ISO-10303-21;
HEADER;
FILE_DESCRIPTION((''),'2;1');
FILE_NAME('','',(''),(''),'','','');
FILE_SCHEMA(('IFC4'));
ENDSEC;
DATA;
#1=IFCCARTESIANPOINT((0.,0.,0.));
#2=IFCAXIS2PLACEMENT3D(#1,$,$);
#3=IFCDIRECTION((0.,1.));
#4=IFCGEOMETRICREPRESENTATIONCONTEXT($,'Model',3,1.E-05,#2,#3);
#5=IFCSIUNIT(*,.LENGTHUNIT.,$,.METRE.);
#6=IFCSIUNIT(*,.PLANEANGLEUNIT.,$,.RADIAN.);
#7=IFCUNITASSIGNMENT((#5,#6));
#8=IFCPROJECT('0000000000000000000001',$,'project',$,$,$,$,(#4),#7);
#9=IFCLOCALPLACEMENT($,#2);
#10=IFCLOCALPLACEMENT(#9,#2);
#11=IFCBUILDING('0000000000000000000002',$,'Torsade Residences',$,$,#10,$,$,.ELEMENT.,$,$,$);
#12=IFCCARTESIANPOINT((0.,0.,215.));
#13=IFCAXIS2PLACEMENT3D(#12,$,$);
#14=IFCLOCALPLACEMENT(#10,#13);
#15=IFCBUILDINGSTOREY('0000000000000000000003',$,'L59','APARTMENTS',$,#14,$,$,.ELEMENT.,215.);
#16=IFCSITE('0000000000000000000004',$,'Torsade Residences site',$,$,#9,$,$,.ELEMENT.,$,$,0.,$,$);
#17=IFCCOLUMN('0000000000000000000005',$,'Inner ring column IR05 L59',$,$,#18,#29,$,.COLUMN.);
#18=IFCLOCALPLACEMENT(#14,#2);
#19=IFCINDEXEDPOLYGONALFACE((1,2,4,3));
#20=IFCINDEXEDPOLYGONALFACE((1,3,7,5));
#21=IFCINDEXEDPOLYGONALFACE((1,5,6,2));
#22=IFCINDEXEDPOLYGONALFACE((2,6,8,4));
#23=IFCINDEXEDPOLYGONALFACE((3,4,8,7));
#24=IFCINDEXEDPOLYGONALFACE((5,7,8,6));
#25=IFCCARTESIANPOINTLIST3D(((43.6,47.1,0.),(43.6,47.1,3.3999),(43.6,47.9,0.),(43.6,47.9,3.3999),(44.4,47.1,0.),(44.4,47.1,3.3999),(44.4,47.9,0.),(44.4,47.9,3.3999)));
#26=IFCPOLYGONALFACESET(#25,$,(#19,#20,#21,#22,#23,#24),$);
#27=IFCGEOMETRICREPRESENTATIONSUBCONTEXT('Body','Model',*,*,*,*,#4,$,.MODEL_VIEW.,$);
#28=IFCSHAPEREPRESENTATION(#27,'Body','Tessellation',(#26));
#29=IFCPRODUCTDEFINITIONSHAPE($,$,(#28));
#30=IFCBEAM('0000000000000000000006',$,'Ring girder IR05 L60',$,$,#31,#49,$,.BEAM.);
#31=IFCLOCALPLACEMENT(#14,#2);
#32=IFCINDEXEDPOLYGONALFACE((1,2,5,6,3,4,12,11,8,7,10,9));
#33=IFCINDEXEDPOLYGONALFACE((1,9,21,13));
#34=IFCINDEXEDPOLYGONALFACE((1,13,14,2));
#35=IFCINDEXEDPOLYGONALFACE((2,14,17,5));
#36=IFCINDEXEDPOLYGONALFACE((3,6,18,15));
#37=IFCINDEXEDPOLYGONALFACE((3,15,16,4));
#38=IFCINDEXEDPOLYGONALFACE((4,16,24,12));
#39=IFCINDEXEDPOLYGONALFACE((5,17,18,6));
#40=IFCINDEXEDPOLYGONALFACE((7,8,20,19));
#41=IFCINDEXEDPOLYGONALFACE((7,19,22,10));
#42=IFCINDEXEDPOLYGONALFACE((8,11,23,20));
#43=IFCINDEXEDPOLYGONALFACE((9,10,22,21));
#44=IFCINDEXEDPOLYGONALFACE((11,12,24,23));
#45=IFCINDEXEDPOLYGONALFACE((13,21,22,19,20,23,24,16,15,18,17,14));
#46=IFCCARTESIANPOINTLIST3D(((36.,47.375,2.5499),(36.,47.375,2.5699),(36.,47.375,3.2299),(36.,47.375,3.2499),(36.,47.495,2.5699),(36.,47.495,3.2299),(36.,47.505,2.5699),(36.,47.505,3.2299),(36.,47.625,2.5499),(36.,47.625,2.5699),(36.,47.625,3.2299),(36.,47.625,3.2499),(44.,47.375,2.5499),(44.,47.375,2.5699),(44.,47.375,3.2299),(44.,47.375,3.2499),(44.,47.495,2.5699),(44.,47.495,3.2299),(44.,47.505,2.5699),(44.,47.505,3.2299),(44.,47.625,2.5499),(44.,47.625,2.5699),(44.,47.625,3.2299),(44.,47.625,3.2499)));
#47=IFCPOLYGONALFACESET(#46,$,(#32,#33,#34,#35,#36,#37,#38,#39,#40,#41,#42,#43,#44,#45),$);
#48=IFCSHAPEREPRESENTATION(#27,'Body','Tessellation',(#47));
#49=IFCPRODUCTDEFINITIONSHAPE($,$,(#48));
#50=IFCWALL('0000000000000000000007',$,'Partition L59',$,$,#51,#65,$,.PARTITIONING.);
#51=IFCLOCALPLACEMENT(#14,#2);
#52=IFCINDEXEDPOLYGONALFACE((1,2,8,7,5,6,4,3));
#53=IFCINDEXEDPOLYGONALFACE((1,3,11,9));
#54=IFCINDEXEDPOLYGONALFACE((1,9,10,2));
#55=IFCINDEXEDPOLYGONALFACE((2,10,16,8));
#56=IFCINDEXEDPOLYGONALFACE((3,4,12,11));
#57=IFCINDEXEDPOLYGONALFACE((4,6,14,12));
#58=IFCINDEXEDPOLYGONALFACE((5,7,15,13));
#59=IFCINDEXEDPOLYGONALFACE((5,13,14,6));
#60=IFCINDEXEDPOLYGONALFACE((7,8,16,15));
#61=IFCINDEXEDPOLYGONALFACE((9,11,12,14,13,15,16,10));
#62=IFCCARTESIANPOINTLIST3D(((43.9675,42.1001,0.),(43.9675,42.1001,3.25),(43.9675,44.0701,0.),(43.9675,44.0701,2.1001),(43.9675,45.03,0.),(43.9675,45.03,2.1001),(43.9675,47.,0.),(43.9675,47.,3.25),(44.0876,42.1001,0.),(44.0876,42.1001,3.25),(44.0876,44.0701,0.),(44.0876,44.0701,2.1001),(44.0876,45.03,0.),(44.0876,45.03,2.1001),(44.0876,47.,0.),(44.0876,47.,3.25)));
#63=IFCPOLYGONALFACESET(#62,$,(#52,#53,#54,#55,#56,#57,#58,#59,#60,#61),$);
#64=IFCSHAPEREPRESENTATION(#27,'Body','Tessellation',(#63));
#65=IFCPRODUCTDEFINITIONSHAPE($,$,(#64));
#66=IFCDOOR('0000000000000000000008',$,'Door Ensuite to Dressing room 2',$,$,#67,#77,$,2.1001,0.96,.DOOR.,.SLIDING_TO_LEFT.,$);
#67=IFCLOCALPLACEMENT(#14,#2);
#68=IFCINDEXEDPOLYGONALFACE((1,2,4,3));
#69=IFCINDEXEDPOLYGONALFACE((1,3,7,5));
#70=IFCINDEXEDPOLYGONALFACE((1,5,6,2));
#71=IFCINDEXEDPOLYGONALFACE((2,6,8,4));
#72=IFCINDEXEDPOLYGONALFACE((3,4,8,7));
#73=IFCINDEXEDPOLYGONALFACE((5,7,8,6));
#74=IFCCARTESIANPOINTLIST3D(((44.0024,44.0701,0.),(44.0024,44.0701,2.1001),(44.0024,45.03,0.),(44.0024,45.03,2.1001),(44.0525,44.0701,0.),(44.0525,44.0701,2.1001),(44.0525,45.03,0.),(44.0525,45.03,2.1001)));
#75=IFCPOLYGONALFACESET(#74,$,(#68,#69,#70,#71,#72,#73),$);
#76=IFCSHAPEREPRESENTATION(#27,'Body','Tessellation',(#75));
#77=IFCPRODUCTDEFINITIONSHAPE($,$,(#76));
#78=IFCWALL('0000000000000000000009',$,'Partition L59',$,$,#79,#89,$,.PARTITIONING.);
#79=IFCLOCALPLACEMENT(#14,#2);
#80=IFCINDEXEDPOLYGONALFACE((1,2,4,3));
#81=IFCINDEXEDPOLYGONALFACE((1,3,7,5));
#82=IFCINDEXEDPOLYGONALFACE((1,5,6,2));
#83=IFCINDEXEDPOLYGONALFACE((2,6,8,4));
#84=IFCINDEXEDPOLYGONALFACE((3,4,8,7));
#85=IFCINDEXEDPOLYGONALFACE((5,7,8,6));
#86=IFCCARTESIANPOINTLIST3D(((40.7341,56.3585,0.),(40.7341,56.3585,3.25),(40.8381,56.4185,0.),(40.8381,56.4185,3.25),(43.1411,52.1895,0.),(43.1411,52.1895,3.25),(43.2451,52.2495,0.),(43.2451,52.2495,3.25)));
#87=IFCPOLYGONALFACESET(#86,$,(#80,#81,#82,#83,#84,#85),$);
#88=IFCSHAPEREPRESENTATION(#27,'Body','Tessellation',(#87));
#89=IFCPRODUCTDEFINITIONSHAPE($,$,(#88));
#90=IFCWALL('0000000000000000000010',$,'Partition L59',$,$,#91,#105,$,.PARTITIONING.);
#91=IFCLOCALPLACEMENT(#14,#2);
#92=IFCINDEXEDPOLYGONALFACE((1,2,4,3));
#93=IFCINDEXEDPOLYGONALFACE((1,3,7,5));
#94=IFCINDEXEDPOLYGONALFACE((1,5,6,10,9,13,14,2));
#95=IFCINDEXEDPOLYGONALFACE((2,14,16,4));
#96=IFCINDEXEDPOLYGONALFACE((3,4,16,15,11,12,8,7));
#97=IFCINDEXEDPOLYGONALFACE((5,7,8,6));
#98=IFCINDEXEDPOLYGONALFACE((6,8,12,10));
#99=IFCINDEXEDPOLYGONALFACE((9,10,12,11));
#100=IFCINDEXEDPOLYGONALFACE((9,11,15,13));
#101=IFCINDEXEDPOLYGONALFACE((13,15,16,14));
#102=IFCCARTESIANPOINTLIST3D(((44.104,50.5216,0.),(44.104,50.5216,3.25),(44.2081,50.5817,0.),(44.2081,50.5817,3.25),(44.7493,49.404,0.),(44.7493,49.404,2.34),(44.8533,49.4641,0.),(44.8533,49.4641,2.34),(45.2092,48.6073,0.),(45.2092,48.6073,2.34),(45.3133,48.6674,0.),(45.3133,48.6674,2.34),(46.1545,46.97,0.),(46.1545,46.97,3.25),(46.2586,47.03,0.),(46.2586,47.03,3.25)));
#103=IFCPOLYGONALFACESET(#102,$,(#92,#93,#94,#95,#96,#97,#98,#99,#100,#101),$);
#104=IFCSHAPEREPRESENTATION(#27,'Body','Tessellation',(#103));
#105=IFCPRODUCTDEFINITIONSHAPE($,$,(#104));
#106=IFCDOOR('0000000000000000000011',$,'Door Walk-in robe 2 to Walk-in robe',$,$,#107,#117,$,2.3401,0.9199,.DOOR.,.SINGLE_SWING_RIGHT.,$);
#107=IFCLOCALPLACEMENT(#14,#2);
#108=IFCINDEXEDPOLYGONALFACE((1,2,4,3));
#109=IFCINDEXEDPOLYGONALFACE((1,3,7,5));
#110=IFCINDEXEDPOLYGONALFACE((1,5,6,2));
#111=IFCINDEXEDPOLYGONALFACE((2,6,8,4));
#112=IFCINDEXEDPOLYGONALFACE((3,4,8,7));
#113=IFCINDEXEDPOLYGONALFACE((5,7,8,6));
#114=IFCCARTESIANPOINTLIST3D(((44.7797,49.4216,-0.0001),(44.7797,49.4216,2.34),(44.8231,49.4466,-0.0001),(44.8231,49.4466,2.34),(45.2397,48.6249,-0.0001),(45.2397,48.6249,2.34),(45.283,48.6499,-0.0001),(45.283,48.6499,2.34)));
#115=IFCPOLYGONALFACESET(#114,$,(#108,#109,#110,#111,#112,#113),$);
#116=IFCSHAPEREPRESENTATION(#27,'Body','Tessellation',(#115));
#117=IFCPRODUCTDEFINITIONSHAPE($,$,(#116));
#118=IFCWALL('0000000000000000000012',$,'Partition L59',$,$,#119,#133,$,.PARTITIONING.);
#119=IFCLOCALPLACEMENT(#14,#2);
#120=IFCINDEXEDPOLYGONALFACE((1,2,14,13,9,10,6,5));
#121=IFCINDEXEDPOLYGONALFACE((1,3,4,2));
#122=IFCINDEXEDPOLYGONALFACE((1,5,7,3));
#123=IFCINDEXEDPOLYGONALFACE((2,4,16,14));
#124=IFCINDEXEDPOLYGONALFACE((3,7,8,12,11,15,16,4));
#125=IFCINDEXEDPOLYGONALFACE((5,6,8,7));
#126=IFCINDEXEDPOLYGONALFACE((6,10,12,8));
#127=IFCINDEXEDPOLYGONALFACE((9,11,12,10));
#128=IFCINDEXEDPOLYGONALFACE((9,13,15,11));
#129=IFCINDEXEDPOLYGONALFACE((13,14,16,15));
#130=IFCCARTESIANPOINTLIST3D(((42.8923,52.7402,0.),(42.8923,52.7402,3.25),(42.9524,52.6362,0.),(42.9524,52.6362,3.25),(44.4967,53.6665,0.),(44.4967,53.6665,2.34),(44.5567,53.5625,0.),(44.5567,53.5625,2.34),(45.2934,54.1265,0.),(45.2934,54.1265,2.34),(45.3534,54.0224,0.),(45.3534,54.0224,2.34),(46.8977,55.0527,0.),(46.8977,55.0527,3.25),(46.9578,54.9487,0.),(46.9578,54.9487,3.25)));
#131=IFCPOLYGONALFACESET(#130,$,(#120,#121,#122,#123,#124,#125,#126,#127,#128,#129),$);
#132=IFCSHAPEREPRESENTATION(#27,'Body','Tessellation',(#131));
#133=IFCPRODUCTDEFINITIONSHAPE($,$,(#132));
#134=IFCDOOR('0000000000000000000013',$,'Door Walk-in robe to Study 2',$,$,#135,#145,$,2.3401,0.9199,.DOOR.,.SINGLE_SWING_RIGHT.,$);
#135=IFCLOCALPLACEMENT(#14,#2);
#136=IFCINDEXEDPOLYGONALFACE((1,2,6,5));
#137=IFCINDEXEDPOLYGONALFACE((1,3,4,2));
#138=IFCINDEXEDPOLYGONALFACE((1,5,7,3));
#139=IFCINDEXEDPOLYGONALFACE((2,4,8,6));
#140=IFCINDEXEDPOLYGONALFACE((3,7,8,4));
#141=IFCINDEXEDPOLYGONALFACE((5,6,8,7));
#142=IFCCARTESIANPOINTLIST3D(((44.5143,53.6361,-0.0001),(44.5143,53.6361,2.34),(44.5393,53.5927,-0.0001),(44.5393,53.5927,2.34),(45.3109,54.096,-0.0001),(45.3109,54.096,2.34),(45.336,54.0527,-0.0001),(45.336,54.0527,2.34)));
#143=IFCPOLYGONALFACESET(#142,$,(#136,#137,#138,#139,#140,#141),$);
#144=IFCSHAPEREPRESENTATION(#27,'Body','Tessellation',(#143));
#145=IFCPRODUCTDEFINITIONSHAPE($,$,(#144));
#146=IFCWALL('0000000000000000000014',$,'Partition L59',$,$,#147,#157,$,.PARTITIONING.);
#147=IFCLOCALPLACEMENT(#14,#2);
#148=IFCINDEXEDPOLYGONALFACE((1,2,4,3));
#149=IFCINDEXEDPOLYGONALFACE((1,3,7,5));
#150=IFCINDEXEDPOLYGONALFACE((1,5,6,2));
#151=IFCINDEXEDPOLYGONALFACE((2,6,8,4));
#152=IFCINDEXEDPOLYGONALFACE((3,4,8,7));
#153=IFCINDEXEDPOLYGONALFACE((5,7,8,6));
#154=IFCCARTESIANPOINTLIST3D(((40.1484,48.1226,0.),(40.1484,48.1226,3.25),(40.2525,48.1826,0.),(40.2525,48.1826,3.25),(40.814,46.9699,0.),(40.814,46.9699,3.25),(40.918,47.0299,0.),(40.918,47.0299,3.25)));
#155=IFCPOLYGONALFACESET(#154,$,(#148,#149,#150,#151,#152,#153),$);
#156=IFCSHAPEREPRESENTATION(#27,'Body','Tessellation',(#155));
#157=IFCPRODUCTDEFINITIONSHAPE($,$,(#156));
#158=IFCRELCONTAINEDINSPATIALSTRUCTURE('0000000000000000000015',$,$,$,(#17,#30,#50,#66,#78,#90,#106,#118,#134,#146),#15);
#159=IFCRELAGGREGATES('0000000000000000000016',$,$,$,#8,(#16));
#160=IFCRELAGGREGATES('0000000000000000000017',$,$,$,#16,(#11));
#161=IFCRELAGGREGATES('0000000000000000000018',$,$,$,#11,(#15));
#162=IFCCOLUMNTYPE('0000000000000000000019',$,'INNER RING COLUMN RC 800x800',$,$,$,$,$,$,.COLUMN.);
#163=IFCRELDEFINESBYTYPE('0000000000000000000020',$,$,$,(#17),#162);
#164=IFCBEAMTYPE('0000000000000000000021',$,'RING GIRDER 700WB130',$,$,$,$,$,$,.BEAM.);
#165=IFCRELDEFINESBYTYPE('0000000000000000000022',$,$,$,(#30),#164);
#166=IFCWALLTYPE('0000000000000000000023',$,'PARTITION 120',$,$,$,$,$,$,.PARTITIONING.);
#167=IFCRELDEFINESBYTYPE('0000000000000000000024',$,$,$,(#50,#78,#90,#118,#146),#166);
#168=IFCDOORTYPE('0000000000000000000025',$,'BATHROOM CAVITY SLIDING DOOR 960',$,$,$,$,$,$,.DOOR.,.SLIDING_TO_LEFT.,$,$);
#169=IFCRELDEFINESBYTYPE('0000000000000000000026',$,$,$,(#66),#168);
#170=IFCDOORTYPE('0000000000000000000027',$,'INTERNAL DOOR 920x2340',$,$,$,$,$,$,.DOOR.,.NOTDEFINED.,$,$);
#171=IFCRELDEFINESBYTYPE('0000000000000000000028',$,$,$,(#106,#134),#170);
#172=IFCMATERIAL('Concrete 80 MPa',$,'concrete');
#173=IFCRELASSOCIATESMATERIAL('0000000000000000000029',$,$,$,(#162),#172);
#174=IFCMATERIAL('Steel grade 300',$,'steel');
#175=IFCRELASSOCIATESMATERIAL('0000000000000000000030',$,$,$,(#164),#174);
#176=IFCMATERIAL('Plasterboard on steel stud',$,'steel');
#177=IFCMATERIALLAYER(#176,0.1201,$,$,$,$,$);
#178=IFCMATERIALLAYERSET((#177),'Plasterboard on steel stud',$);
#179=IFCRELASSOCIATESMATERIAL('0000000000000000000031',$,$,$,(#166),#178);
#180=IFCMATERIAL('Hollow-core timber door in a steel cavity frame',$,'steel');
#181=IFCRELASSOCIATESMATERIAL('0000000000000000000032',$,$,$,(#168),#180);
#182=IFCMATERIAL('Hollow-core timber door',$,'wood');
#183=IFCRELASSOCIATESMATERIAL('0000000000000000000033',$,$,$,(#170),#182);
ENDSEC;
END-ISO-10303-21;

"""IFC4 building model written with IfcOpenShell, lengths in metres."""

from ifc_helpers import new_model, si_unit, direction, frame, frame_2d, origin, origin_2d, place, context, subcontext, project, spatial, rectangle, i_section, extrude, material, layer, layer_set, material_profile, profile_set, type_object, element, fill, save


model = new_model("IFC4")

# Units and contexts
model_context = context("Model", 3, precision=1e-05, world=origin(), true_north=direction((0.0, 1.0)))
body_context = subcontext(model_context, "Body", "Model", "MODEL_VIEW")
ifc_project = project(units=[si_unit("LENGTHUNIT", "METRE"), si_unit("PLANEANGLEUNIT", "RADIAN")], contexts=[model_context])

# Site, building, storey
site_placement = place(None, origin())
site = spatial("IfcSite", under=ifc_project, at=site_placement, Name="Torsade Residences site", CompositionType="ELEMENT", RefElevation=0.0)
building_placement = place(site_placement, origin())
building = spatial("IfcBuilding", under=site, at=building_placement, Name="Torsade Residences", CompositionType="ELEMENT")
storey_placement = place(building_placement, frame((0.0, 0.0, 215.0)))
storey = spatial("IfcBuildingStorey", under=building, at=storey_placement, Name="L59", Description="APARTMENTS", CompositionType="ELEMENT", Elevation=215.0)

# Column
ifc_material_1 = material(Name="Concrete 80 MPa", Category="concrete")
ifc_material_profile_1 = material_profile(ifc_material_1, rectangle(XDim=0.8, YDim=0.8, at=origin_2d()), Name="RC 800x800")
ifc_profile_set_1 = profile_set([ifc_material_profile_1], Name="Concrete 80 MPa")
column_type = type_object("IfcColumnType", Name="INNER RING COLUMN RC 800x800", PredefinedType="COLUMN", material=ifc_profile_set_1)
column_placement = place(storey_placement, frame((44.0, 47.5, 0.0), z_axis=(0.0, 0.0, 1.0), x_axis=(1.0, 0.0, 0.0)))
element("IfcColumn", 1, at=column_placement, inside=storey, type_object=column_type, Name="Inner ring column IR05 L59", PredefinedType="COLUMN", context=body_context, shape_type="SweptSolid", body=[
    extrude(rectangle(XDim=0.8, YDim=0.8, at=origin_2d()), origin(), (0.0, 0.0, 1.0), 3.3999),
])

# Beam
ifc_material_2 = material(Name="Steel grade 300", Category="steel")
ifc_material_profile_2 = material_profile(ifc_material_2, i_section(OverallWidth=0.25, OverallDepth=0.7, WebThickness=0.01, FlangeThickness=0.02, at=origin_2d()), Name="700WB130")
ifc_profile_set_2 = profile_set([ifc_material_profile_2], Name="Steel grade 300")
beam_type = type_object("IfcBeamType", Name="RING GIRDER 700WB130", PredefinedType="BEAM", material=ifc_profile_set_2)
beam_placement = place(storey_placement, frame((44.0, 47.5, 2.8999), z_axis=(-1.0, 0.0, 0.0), x_axis=(0.0, -1.0, 0.0)))
element("IfcBeam", 2, at=beam_placement, inside=storey, type_object=beam_type, Name="Ring girder IR05 L60", PredefinedType="BEAM", context=body_context, shape_type="SweptSolid", body=[
    extrude(i_section(OverallWidth=0.25, OverallDepth=0.7, WebThickness=0.01, FlangeThickness=0.02, at=origin_2d()), origin(), (0.0, 0.0, 1.0), 8.0),
])

# Wall, opening, door
ifc_material_3 = material(Name="Plasterboard on steel stud", Category="steel")
ifc_layer_1 = layer(ifc_material_3, 0.1201)
ifc_layer_set_1 = layer_set([ifc_layer_1], Name="Plasterboard on steel stud")
wall_type_1 = type_object("IfcWallType", Name="PARTITION 120", PredefinedType="PARTITIONING", material=ifc_layer_set_1)
wall_1_placement = place(storey_placement, frame((44.0276, 47.0, 0.0), z_axis=(0.0, 0.0, 1.0), x_axis=(0.0, -1.0, 0.0)))
wall_1 = element("IfcWall", 3, at=wall_1_placement, inside=storey, type_object=wall_type_1, Name="Partition L59", PredefinedType="PARTITIONING", context=body_context, shape_type="SweptSolid", body=[
    extrude(rectangle(XDim=4.8999, YDim=0.1201, at=frame_2d((2.45, 0.0))), origin(), (0.0, 0.0, 1.0), 3.25),
])
opening_1_placement = place(wall_1_placement, frame((1.97, 0.0, 0.0)))
opening_1 = element("IfcOpeningElement", 4, at=opening_1_placement, cuts=wall_1, PredefinedType="OPENING", context=body_context, shape_type="SweptSolid", body=[
    extrude(rectangle(XDim=0.96, YDim=2.1001, at=frame_2d((0.48, 1.05))), frame((0.0, 0.0701, 0.0), z_axis=(0.0, -1.0, 0.0), x_axis=(1.0, 0.0, 0.0)), (0.0, 0.0, 1.0), 0.1401),
])
ifc_material_4 = material(Name="Hollow-core timber door in a steel cavity frame", Category="steel")
door_type_1 = type_object("IfcDoorType", Name="BATHROOM CAVITY SLIDING DOOR 960", OperationType="SLIDING_TO_LEFT", PredefinedType="DOOR", material=ifc_material_4)
door_1_placement = place(opening_1_placement, origin())
door_1 = element("IfcDoor", 5, at=door_1_placement, inside=storey, type_object=door_type_1, Name="Door Ensuite to Dressing room 2", OperationType="SLIDING_TO_LEFT", OverallHeight=2.1001, OverallWidth=0.96, PredefinedType="DOOR", context=body_context, shape_type="SweptSolid", body=[
    extrude(rectangle(XDim=0.96, YDim=2.1001, at=frame_2d((0.48, 1.05))), frame((0.0, 0.0249, 0.0), z_axis=(0.0, -1.0, 0.0), x_axis=(1.0, 0.0, 0.0)), (0.0, 0.0, 1.0), 0.05),
])
fill(opening_1, door_1)

# Wall
wall_2_placement = place(storey_placement, frame((43.1931, 52.2195, 0.0), z_axis=(0.0, 0.0, 1.0), x_axis=(-0.500006, 0.866022, 0.0)))
element("IfcWall", 6, at=wall_2_placement, inside=storey, type_object=wall_type_1, Name="Partition L59", PredefinedType="PARTITIONING", context=body_context, shape_type="SweptSolid", body=[
    extrude(rectangle(XDim=4.814, YDim=0.1201, at=frame_2d((2.407, 0.0))), origin(), (0.0, 0.0, 1.0), 3.25),
])

# Walls, openings, doors
wall_3_placement = place(storey_placement, frame((46.2065, 47.0, 0.0), z_axis=(0.0, 0.0, 1.0), x_axis=(-0.499987, 0.866033, 0.0)))
wall_3 = element("IfcWall", 7, at=wall_3_placement, inside=storey, type_object=wall_type_1, Name="Partition L59", PredefinedType="PARTITIONING", context=body_context, shape_type="SweptSolid", body=[
    extrude(rectangle(XDim=4.1011, YDim=0.1201, at=frame_2d((2.0505, 0.0))), origin(), (0.0, 0.0, 1.0), 3.25),
])
opening_2_placement = place(wall_3_placement, frame((1.8906, 0.0, 0.0)))
opening_2 = element("IfcOpeningElement", 8, at=opening_2_placement, cuts=wall_3, PredefinedType="OPENING", context=body_context, shape_type="SweptSolid", body=[
    extrude(rectangle(XDim=0.9199, YDim=2.3401, at=frame_2d((0.46, 1.1699))), frame((0.0, 0.0701, 0.0), z_axis=(0.0, -1.0, 0.0), x_axis=(1.0, 0.0, 0.0)), (0.0, 0.0, 1.0), 0.1401),
])
ifc_material_5 = material(Name="Hollow-core timber door", Category="wood")
door_type_2 = type_object("IfcDoorType", Name="INTERNAL DOOR 920x2340", OperationType="NOTDEFINED", PredefinedType="DOOR", material=ifc_material_5)
door_2_placement = place(opening_2_placement, origin())
door_2 = element("IfcDoor", 9, at=door_2_placement, inside=storey, type_object=door_type_2, Name="Door Walk-in robe 2 to Walk-in robe", OperationType="SINGLE_SWING_RIGHT", OverallHeight=2.3401, OverallWidth=0.9199, PredefinedType="DOOR", context=body_context, shape_type="SweptSolid", body=[
    extrude(rectangle(XDim=0.9199, YDim=2.3401, at=frame_2d((0.46, 1.1699))), frame((0.0, 0.0249, 0.0), z_axis=(0.0, -1.0, 0.0), x_axis=(1.0, 0.0, 0.0)), (0.0, 0.0, 1.0), 0.05),
])
fill(opening_2, door_2)
wall_4_placement = place(storey_placement, frame((42.9224, 52.6882, 0.0), z_axis=(0.0, 0.0, 1.0), x_axis=(0.866026, 0.5, 0.0)))
wall_4 = element("IfcWall", 10, at=wall_4_placement, inside=storey, type_object=wall_type_1, Name="Partition L59", PredefinedType="PARTITIONING", context=body_context, shape_type="SweptSolid", body=[
    extrude(rectangle(XDim=4.625, YDim=0.1201, at=frame_2d((2.3125, 0.0))), origin(), (0.0, 0.0, 1.0), 3.25),
])
opening_3_placement = place(wall_4_placement, frame((1.8525, 0.0, 0.0)))
opening_3 = element("IfcOpeningElement", 11, at=opening_3_placement, cuts=wall_4, PredefinedType="OPENING", context=body_context, shape_type="SweptSolid", body=[
    extrude(rectangle(XDim=0.9199, YDim=2.3401, at=frame_2d((0.46, 1.1699))), frame((0.0, 0.0701, 0.0), z_axis=(0.0, -1.0, 0.0), x_axis=(1.0, 0.0, 0.0)), (0.0, 0.0, 1.0), 0.1401),
])
door_3_placement = place(opening_3_placement, origin())
door_3 = element("IfcDoor", 12, at=door_3_placement, inside=storey, type_object=door_type_2, Name="Door Walk-in robe to Study 2", OperationType="SINGLE_SWING_RIGHT", OverallHeight=2.3401, OverallWidth=0.9199, PredefinedType="DOOR", context=body_context, shape_type="SweptSolid", body=[
    extrude(rectangle(XDim=0.9199, YDim=2.3401, at=frame_2d((0.46, 1.1699))), frame((0.0, 0.0249, 0.0), z_axis=(0.0, -1.0, 0.0), x_axis=(1.0, 0.0, 0.0)), (0.0, 0.0, 1.0), 0.05),
])
fill(opening_3, door_3)

# Wall
wall_5_placement = place(storey_placement, frame((40.2004, 48.1526, 0.0), z_axis=(0.0, 0.0, 1.0), x_axis=(0.500045, -0.865999, 0.0)))
element("IfcWall", 13, at=wall_5_placement, inside=storey, type_object=wall_type_1, Name="Partition L59", PredefinedType="PARTITIONING", context=body_context, shape_type="SweptSolid", body=[
    extrude(rectangle(XDim=1.3311, YDim=0.1201, at=frame_2d((0.6655, 0.0))), origin(), (0.0, 0.0, 1.0), 3.25),
])

save(model, "model.ifc")
